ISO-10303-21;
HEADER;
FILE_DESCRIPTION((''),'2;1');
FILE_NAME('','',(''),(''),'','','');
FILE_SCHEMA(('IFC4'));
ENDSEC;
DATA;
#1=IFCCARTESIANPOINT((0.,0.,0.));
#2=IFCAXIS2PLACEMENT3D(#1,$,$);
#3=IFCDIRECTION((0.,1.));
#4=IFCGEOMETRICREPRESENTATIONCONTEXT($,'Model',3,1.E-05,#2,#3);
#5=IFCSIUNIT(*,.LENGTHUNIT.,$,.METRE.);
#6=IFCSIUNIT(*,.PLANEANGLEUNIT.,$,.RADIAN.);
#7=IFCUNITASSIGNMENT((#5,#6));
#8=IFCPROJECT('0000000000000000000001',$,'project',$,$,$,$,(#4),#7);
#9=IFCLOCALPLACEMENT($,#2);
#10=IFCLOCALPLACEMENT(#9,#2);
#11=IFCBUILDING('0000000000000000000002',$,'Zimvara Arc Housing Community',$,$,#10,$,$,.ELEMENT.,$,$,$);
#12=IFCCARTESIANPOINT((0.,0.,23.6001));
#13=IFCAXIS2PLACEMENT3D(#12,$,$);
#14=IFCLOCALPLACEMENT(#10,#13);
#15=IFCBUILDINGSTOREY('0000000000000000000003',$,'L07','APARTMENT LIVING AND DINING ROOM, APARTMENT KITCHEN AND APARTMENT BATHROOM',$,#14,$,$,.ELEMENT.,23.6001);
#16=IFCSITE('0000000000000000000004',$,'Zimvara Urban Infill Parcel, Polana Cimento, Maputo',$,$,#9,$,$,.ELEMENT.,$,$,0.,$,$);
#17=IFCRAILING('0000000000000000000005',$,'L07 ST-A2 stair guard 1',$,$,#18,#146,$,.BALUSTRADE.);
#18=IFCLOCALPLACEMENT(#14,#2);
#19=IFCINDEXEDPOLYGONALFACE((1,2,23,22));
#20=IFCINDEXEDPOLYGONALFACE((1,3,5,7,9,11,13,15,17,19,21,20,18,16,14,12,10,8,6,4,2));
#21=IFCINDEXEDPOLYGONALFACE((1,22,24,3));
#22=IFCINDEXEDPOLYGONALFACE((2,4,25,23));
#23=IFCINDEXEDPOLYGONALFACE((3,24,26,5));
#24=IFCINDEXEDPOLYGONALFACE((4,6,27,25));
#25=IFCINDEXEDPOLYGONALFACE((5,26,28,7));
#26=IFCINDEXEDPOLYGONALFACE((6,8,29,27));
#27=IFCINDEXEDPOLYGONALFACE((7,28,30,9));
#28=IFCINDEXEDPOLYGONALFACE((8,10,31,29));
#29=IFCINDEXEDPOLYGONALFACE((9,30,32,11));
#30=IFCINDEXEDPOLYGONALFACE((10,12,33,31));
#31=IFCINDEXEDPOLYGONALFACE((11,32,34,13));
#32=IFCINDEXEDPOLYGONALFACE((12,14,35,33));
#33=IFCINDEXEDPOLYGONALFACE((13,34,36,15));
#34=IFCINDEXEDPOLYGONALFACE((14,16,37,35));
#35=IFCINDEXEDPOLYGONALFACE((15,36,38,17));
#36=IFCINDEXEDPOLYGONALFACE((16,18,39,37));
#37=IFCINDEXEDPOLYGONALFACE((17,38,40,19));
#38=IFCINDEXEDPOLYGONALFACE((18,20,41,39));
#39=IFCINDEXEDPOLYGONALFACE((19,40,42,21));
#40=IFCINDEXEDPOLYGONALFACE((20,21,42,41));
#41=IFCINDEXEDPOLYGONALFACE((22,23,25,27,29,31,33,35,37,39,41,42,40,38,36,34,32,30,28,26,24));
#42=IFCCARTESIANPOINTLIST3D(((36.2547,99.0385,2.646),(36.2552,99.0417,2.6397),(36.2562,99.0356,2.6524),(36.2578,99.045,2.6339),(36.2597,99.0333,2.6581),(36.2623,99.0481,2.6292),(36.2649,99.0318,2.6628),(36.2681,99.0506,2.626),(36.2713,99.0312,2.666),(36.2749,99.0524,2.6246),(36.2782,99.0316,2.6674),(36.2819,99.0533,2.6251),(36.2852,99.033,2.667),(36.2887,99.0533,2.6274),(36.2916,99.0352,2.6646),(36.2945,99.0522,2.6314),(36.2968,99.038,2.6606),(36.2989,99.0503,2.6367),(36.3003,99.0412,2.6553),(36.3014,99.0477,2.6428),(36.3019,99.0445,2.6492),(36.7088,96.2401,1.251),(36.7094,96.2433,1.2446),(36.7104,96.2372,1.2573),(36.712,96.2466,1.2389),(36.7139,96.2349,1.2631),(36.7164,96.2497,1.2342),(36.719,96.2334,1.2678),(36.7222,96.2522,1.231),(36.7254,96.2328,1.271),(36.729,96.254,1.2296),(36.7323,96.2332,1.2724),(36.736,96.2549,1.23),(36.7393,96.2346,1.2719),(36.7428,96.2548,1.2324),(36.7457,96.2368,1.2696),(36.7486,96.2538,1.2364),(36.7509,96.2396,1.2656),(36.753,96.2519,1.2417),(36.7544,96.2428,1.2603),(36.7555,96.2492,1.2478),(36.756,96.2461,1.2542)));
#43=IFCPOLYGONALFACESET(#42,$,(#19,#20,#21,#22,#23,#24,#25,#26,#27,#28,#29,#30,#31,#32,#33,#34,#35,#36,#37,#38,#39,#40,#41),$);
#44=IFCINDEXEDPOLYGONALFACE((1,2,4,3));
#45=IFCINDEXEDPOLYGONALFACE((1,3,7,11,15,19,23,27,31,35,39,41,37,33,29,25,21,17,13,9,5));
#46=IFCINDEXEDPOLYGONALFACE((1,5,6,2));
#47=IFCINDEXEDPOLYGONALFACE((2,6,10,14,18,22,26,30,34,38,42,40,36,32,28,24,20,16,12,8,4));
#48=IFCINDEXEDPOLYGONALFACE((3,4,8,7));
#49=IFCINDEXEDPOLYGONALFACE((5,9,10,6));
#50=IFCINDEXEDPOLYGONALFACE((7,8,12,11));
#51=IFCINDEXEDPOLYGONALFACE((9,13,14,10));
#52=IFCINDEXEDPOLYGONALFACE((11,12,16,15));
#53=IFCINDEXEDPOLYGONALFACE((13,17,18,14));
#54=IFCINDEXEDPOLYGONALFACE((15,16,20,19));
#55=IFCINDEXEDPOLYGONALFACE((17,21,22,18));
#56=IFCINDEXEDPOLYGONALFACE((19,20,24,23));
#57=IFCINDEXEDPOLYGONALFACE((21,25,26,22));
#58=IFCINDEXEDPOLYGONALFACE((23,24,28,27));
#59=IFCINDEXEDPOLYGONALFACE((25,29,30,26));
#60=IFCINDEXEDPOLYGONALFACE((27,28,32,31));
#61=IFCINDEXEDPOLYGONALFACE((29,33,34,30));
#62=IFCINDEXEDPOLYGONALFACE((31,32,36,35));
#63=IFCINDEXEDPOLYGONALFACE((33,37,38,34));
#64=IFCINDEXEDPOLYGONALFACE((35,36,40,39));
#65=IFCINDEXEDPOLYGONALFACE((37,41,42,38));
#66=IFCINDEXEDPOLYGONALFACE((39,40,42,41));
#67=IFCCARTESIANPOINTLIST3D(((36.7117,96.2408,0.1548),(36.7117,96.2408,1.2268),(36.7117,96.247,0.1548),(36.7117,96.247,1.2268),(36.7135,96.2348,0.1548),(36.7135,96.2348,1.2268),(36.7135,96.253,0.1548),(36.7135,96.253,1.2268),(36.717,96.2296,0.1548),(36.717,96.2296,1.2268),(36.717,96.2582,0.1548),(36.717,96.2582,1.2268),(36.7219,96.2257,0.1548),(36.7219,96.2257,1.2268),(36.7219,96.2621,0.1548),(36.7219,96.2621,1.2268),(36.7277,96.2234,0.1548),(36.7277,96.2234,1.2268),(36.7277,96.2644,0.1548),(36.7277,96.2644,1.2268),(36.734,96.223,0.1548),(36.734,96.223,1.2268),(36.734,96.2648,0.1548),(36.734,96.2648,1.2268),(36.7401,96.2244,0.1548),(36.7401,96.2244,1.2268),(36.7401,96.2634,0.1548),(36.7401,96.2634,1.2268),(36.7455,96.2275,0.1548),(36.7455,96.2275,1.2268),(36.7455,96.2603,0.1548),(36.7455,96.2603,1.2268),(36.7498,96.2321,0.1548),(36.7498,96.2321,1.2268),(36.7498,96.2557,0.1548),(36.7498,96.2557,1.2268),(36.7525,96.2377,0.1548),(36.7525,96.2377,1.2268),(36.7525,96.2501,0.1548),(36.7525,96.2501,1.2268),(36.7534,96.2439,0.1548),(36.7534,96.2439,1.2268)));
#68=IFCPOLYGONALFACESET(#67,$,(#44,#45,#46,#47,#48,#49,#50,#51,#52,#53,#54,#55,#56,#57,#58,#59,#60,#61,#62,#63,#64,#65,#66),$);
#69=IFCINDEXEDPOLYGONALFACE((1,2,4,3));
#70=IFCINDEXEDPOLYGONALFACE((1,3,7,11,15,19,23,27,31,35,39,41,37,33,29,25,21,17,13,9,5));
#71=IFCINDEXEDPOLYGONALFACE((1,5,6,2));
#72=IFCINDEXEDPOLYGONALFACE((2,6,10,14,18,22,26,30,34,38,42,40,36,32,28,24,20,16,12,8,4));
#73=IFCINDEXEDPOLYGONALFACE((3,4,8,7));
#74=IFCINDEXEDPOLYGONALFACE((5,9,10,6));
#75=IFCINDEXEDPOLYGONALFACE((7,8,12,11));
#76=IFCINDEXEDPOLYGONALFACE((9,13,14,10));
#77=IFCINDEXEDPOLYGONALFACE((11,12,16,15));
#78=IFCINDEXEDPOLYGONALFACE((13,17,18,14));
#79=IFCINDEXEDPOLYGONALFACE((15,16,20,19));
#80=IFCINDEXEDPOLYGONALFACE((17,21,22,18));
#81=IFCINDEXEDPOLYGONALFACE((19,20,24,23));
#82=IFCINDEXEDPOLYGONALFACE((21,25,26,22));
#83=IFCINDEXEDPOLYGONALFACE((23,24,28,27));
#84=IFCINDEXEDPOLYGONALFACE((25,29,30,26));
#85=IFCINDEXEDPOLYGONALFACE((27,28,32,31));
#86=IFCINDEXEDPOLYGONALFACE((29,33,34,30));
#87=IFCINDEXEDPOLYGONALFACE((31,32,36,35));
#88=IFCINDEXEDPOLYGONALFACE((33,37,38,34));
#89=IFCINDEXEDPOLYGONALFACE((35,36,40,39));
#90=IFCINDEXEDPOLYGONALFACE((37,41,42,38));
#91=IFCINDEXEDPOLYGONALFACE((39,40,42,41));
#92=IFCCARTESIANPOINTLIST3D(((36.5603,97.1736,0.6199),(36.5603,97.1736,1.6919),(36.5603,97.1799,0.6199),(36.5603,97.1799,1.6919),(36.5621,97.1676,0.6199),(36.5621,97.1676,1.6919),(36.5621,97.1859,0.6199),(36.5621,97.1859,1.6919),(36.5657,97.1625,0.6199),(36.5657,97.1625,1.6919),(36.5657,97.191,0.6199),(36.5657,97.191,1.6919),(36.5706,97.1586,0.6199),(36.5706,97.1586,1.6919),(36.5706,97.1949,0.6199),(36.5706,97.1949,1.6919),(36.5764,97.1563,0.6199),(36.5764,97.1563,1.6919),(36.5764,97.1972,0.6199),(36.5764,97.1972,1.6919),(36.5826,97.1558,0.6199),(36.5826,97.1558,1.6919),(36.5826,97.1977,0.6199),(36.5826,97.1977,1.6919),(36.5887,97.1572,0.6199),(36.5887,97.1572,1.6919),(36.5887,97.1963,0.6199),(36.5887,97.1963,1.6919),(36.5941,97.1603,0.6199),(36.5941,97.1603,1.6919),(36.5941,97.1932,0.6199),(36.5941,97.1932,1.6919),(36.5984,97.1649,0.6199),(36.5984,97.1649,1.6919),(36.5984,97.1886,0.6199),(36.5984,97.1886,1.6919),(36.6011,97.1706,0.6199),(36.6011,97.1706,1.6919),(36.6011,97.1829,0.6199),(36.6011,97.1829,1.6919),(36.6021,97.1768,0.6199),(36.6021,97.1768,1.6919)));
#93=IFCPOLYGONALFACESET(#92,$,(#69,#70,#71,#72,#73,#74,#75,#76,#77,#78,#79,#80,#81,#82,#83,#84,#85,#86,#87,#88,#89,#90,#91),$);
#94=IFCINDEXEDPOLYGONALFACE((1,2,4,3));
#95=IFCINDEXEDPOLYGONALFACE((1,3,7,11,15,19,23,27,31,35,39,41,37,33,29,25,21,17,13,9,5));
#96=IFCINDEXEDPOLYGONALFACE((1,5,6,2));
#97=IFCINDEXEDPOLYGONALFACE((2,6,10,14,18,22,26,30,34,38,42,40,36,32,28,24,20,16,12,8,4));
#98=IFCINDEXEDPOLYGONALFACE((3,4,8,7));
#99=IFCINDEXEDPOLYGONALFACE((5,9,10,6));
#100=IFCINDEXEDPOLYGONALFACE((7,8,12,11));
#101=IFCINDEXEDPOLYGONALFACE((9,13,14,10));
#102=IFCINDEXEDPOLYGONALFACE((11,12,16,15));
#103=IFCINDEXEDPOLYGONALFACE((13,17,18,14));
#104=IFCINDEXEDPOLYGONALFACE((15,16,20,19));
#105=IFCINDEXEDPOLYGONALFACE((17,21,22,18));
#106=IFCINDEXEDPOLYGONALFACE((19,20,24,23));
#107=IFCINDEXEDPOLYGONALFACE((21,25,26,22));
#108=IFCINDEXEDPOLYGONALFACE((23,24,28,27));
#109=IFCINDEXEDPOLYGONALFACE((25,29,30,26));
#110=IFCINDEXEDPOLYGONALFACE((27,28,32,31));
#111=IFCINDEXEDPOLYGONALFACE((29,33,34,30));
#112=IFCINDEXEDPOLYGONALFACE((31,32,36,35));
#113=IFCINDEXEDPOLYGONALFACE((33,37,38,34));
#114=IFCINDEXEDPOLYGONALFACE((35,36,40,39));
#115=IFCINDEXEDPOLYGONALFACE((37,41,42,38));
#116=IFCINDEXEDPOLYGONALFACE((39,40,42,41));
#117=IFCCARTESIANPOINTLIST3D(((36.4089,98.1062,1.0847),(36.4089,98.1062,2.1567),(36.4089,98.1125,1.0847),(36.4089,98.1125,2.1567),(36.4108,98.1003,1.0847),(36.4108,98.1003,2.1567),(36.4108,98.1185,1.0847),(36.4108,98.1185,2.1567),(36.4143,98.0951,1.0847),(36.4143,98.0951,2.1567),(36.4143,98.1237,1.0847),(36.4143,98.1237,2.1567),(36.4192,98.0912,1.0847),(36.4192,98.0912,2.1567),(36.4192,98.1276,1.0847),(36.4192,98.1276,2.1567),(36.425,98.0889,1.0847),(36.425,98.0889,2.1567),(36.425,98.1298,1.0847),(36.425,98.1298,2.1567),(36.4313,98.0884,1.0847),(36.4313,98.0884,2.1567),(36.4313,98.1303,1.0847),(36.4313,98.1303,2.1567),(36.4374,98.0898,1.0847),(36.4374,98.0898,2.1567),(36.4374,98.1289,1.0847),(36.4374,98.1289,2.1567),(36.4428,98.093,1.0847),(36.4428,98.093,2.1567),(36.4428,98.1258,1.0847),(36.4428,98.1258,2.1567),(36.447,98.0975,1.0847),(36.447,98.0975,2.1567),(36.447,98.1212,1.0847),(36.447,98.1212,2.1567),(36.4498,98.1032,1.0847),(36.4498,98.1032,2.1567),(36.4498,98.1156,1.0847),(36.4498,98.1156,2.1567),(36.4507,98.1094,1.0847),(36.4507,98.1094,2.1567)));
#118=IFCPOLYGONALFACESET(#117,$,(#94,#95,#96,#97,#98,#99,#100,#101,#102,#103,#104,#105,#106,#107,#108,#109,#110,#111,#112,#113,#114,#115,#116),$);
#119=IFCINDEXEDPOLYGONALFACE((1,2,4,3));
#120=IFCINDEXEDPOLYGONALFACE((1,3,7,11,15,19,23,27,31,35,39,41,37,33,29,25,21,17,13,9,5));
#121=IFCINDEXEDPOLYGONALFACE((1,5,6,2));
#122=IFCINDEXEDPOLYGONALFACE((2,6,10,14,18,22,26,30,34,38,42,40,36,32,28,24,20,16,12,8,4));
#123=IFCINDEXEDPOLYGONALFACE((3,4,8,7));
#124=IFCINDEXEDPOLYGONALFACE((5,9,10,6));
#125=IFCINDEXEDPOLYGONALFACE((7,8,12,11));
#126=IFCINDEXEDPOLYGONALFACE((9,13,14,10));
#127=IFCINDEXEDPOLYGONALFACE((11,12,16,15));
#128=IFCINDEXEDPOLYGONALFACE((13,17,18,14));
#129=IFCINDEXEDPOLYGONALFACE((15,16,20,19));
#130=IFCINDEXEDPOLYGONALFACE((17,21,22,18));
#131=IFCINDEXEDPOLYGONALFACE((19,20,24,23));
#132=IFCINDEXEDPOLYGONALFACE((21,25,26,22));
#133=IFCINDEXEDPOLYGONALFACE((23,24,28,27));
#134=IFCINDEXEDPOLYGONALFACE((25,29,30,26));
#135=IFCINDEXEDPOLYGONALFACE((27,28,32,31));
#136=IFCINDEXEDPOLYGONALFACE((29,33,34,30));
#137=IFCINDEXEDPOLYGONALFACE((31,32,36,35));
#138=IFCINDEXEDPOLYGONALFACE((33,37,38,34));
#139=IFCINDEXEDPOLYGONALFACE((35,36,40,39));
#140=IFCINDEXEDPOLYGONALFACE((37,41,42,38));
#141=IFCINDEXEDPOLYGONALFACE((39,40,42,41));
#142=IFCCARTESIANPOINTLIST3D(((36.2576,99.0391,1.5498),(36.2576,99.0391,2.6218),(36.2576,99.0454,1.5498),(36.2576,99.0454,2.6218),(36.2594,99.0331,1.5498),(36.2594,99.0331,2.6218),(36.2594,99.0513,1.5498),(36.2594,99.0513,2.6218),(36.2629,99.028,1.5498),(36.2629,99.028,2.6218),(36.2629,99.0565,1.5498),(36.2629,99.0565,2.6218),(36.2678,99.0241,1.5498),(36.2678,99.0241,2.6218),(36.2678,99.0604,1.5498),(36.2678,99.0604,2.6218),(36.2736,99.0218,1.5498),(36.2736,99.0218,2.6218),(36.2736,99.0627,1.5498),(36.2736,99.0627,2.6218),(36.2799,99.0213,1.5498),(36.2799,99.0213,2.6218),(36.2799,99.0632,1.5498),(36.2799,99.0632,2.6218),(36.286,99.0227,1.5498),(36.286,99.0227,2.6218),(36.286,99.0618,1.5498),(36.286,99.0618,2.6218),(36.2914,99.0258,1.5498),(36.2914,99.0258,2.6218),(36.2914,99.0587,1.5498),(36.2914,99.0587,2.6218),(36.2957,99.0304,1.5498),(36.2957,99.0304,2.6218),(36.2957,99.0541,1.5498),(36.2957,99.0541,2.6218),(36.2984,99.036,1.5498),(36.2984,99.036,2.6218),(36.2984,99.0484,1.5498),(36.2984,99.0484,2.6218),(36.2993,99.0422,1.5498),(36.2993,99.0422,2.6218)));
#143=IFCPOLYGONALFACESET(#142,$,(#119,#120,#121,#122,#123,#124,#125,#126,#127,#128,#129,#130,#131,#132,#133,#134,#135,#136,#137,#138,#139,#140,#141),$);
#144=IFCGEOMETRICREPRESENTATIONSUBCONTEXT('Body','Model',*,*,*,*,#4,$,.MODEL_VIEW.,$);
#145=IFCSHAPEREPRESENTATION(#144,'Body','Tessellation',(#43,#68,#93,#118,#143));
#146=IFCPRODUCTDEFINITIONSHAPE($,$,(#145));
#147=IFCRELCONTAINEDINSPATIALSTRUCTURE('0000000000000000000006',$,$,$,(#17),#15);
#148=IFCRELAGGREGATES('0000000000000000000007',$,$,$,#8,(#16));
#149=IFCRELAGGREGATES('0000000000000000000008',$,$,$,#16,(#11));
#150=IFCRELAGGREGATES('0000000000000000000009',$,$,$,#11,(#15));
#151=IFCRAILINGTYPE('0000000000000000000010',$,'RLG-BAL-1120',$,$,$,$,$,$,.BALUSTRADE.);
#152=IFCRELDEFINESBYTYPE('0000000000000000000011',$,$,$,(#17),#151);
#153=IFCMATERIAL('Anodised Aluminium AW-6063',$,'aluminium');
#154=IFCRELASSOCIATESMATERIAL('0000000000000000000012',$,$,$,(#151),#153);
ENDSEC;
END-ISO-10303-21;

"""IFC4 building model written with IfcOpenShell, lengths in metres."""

from ifc_helpers import new_model, si_unit, direction, frame, origin, origin_2d, place, context, subcontext, project, spatial, circle, extrude, material, type_object, element, save


model = new_model("IFC4")

# Units and contexts
model_context = context("Model", 3, precision=1e-05, world=origin(), true_north=direction((0.0, 1.0)))
body_context = subcontext(model_context, "Body", "Model", "MODEL_VIEW")
ifc_project = project(units=[si_unit("LENGTHUNIT", "METRE"), si_unit("PLANEANGLEUNIT", "RADIAN")], contexts=[model_context])

# Site, building, storey
site_placement = place(None, origin())
site = spatial("IfcSite", under=ifc_project, at=site_placement, Name="Zimvara Urban Infill Parcel, Polana Cimento, Maputo", CompositionType="ELEMENT", RefElevation=0.0)
building_placement = place(site_placement, origin())
building = spatial("IfcBuilding", under=site, at=building_placement, Name="Zimvara Arc Housing Community", CompositionType="ELEMENT")
storey_placement = place(building_placement, frame((0.0, 0.0, 23.6001)))
storey = spatial("IfcBuildingStorey", under=building, at=storey_placement, Name="L07", Description="APARTMENT LIVING AND DINING ROOM, APARTMENT KITCHEN AND APARTMENT BATHROOM", CompositionType="ELEMENT", Elevation=23.6001)

# Railing
ifc_material_1 = material(Name="Anodised Aluminium AW-6063", Category="aluminium")
railing_type_1 = type_object("IfcRailingType", Name="RLG-BAL-1120", PredefinedType="BALUSTRADE", material=ifc_material_1)
railing_1_placement = place(storey_placement, frame((36.7324, 96.2439, 0.1548)))
element("IfcRailing", 1, at=railing_1_placement, inside=storey, type_object=railing_type_1, Name="L07 ST-A2 stair guard 1", PredefinedType="BALUSTRADE", context=body_context, shape_type="SweptSolid", body=[
    extrude(circle(Radius=0.0239, at=origin_2d()), frame((0.0, 0.0, 1.0962), z_axis=(-0.143722, 0.885666, 0.44152), x_axis=(-0.987088, -0.16018, 0.0)), (0.0, 0.0, 1.0), 3.1597),
    extrude(circle(Radius=0.021, at=origin_2d()), origin(), (0.0, 0.0, 1.0), 1.072),
    extrude(circle(Radius=0.021, at=origin_2d()), frame((-0.1514, 0.9329, 0.4651)), (0.0, 0.0, 1.0), 1.072),
    extrude(circle(Radius=0.021, at=origin_2d()), frame((-0.3027, 1.8655, 0.9299)), (0.0, 0.0, 1.0), 1.072),
    extrude(circle(Radius=0.021, at=origin_2d()), frame((-0.4541, 2.7983, 1.395)), (0.0, 0.0, 1.0), 1.072),
])

save(model, "model.ifc")
